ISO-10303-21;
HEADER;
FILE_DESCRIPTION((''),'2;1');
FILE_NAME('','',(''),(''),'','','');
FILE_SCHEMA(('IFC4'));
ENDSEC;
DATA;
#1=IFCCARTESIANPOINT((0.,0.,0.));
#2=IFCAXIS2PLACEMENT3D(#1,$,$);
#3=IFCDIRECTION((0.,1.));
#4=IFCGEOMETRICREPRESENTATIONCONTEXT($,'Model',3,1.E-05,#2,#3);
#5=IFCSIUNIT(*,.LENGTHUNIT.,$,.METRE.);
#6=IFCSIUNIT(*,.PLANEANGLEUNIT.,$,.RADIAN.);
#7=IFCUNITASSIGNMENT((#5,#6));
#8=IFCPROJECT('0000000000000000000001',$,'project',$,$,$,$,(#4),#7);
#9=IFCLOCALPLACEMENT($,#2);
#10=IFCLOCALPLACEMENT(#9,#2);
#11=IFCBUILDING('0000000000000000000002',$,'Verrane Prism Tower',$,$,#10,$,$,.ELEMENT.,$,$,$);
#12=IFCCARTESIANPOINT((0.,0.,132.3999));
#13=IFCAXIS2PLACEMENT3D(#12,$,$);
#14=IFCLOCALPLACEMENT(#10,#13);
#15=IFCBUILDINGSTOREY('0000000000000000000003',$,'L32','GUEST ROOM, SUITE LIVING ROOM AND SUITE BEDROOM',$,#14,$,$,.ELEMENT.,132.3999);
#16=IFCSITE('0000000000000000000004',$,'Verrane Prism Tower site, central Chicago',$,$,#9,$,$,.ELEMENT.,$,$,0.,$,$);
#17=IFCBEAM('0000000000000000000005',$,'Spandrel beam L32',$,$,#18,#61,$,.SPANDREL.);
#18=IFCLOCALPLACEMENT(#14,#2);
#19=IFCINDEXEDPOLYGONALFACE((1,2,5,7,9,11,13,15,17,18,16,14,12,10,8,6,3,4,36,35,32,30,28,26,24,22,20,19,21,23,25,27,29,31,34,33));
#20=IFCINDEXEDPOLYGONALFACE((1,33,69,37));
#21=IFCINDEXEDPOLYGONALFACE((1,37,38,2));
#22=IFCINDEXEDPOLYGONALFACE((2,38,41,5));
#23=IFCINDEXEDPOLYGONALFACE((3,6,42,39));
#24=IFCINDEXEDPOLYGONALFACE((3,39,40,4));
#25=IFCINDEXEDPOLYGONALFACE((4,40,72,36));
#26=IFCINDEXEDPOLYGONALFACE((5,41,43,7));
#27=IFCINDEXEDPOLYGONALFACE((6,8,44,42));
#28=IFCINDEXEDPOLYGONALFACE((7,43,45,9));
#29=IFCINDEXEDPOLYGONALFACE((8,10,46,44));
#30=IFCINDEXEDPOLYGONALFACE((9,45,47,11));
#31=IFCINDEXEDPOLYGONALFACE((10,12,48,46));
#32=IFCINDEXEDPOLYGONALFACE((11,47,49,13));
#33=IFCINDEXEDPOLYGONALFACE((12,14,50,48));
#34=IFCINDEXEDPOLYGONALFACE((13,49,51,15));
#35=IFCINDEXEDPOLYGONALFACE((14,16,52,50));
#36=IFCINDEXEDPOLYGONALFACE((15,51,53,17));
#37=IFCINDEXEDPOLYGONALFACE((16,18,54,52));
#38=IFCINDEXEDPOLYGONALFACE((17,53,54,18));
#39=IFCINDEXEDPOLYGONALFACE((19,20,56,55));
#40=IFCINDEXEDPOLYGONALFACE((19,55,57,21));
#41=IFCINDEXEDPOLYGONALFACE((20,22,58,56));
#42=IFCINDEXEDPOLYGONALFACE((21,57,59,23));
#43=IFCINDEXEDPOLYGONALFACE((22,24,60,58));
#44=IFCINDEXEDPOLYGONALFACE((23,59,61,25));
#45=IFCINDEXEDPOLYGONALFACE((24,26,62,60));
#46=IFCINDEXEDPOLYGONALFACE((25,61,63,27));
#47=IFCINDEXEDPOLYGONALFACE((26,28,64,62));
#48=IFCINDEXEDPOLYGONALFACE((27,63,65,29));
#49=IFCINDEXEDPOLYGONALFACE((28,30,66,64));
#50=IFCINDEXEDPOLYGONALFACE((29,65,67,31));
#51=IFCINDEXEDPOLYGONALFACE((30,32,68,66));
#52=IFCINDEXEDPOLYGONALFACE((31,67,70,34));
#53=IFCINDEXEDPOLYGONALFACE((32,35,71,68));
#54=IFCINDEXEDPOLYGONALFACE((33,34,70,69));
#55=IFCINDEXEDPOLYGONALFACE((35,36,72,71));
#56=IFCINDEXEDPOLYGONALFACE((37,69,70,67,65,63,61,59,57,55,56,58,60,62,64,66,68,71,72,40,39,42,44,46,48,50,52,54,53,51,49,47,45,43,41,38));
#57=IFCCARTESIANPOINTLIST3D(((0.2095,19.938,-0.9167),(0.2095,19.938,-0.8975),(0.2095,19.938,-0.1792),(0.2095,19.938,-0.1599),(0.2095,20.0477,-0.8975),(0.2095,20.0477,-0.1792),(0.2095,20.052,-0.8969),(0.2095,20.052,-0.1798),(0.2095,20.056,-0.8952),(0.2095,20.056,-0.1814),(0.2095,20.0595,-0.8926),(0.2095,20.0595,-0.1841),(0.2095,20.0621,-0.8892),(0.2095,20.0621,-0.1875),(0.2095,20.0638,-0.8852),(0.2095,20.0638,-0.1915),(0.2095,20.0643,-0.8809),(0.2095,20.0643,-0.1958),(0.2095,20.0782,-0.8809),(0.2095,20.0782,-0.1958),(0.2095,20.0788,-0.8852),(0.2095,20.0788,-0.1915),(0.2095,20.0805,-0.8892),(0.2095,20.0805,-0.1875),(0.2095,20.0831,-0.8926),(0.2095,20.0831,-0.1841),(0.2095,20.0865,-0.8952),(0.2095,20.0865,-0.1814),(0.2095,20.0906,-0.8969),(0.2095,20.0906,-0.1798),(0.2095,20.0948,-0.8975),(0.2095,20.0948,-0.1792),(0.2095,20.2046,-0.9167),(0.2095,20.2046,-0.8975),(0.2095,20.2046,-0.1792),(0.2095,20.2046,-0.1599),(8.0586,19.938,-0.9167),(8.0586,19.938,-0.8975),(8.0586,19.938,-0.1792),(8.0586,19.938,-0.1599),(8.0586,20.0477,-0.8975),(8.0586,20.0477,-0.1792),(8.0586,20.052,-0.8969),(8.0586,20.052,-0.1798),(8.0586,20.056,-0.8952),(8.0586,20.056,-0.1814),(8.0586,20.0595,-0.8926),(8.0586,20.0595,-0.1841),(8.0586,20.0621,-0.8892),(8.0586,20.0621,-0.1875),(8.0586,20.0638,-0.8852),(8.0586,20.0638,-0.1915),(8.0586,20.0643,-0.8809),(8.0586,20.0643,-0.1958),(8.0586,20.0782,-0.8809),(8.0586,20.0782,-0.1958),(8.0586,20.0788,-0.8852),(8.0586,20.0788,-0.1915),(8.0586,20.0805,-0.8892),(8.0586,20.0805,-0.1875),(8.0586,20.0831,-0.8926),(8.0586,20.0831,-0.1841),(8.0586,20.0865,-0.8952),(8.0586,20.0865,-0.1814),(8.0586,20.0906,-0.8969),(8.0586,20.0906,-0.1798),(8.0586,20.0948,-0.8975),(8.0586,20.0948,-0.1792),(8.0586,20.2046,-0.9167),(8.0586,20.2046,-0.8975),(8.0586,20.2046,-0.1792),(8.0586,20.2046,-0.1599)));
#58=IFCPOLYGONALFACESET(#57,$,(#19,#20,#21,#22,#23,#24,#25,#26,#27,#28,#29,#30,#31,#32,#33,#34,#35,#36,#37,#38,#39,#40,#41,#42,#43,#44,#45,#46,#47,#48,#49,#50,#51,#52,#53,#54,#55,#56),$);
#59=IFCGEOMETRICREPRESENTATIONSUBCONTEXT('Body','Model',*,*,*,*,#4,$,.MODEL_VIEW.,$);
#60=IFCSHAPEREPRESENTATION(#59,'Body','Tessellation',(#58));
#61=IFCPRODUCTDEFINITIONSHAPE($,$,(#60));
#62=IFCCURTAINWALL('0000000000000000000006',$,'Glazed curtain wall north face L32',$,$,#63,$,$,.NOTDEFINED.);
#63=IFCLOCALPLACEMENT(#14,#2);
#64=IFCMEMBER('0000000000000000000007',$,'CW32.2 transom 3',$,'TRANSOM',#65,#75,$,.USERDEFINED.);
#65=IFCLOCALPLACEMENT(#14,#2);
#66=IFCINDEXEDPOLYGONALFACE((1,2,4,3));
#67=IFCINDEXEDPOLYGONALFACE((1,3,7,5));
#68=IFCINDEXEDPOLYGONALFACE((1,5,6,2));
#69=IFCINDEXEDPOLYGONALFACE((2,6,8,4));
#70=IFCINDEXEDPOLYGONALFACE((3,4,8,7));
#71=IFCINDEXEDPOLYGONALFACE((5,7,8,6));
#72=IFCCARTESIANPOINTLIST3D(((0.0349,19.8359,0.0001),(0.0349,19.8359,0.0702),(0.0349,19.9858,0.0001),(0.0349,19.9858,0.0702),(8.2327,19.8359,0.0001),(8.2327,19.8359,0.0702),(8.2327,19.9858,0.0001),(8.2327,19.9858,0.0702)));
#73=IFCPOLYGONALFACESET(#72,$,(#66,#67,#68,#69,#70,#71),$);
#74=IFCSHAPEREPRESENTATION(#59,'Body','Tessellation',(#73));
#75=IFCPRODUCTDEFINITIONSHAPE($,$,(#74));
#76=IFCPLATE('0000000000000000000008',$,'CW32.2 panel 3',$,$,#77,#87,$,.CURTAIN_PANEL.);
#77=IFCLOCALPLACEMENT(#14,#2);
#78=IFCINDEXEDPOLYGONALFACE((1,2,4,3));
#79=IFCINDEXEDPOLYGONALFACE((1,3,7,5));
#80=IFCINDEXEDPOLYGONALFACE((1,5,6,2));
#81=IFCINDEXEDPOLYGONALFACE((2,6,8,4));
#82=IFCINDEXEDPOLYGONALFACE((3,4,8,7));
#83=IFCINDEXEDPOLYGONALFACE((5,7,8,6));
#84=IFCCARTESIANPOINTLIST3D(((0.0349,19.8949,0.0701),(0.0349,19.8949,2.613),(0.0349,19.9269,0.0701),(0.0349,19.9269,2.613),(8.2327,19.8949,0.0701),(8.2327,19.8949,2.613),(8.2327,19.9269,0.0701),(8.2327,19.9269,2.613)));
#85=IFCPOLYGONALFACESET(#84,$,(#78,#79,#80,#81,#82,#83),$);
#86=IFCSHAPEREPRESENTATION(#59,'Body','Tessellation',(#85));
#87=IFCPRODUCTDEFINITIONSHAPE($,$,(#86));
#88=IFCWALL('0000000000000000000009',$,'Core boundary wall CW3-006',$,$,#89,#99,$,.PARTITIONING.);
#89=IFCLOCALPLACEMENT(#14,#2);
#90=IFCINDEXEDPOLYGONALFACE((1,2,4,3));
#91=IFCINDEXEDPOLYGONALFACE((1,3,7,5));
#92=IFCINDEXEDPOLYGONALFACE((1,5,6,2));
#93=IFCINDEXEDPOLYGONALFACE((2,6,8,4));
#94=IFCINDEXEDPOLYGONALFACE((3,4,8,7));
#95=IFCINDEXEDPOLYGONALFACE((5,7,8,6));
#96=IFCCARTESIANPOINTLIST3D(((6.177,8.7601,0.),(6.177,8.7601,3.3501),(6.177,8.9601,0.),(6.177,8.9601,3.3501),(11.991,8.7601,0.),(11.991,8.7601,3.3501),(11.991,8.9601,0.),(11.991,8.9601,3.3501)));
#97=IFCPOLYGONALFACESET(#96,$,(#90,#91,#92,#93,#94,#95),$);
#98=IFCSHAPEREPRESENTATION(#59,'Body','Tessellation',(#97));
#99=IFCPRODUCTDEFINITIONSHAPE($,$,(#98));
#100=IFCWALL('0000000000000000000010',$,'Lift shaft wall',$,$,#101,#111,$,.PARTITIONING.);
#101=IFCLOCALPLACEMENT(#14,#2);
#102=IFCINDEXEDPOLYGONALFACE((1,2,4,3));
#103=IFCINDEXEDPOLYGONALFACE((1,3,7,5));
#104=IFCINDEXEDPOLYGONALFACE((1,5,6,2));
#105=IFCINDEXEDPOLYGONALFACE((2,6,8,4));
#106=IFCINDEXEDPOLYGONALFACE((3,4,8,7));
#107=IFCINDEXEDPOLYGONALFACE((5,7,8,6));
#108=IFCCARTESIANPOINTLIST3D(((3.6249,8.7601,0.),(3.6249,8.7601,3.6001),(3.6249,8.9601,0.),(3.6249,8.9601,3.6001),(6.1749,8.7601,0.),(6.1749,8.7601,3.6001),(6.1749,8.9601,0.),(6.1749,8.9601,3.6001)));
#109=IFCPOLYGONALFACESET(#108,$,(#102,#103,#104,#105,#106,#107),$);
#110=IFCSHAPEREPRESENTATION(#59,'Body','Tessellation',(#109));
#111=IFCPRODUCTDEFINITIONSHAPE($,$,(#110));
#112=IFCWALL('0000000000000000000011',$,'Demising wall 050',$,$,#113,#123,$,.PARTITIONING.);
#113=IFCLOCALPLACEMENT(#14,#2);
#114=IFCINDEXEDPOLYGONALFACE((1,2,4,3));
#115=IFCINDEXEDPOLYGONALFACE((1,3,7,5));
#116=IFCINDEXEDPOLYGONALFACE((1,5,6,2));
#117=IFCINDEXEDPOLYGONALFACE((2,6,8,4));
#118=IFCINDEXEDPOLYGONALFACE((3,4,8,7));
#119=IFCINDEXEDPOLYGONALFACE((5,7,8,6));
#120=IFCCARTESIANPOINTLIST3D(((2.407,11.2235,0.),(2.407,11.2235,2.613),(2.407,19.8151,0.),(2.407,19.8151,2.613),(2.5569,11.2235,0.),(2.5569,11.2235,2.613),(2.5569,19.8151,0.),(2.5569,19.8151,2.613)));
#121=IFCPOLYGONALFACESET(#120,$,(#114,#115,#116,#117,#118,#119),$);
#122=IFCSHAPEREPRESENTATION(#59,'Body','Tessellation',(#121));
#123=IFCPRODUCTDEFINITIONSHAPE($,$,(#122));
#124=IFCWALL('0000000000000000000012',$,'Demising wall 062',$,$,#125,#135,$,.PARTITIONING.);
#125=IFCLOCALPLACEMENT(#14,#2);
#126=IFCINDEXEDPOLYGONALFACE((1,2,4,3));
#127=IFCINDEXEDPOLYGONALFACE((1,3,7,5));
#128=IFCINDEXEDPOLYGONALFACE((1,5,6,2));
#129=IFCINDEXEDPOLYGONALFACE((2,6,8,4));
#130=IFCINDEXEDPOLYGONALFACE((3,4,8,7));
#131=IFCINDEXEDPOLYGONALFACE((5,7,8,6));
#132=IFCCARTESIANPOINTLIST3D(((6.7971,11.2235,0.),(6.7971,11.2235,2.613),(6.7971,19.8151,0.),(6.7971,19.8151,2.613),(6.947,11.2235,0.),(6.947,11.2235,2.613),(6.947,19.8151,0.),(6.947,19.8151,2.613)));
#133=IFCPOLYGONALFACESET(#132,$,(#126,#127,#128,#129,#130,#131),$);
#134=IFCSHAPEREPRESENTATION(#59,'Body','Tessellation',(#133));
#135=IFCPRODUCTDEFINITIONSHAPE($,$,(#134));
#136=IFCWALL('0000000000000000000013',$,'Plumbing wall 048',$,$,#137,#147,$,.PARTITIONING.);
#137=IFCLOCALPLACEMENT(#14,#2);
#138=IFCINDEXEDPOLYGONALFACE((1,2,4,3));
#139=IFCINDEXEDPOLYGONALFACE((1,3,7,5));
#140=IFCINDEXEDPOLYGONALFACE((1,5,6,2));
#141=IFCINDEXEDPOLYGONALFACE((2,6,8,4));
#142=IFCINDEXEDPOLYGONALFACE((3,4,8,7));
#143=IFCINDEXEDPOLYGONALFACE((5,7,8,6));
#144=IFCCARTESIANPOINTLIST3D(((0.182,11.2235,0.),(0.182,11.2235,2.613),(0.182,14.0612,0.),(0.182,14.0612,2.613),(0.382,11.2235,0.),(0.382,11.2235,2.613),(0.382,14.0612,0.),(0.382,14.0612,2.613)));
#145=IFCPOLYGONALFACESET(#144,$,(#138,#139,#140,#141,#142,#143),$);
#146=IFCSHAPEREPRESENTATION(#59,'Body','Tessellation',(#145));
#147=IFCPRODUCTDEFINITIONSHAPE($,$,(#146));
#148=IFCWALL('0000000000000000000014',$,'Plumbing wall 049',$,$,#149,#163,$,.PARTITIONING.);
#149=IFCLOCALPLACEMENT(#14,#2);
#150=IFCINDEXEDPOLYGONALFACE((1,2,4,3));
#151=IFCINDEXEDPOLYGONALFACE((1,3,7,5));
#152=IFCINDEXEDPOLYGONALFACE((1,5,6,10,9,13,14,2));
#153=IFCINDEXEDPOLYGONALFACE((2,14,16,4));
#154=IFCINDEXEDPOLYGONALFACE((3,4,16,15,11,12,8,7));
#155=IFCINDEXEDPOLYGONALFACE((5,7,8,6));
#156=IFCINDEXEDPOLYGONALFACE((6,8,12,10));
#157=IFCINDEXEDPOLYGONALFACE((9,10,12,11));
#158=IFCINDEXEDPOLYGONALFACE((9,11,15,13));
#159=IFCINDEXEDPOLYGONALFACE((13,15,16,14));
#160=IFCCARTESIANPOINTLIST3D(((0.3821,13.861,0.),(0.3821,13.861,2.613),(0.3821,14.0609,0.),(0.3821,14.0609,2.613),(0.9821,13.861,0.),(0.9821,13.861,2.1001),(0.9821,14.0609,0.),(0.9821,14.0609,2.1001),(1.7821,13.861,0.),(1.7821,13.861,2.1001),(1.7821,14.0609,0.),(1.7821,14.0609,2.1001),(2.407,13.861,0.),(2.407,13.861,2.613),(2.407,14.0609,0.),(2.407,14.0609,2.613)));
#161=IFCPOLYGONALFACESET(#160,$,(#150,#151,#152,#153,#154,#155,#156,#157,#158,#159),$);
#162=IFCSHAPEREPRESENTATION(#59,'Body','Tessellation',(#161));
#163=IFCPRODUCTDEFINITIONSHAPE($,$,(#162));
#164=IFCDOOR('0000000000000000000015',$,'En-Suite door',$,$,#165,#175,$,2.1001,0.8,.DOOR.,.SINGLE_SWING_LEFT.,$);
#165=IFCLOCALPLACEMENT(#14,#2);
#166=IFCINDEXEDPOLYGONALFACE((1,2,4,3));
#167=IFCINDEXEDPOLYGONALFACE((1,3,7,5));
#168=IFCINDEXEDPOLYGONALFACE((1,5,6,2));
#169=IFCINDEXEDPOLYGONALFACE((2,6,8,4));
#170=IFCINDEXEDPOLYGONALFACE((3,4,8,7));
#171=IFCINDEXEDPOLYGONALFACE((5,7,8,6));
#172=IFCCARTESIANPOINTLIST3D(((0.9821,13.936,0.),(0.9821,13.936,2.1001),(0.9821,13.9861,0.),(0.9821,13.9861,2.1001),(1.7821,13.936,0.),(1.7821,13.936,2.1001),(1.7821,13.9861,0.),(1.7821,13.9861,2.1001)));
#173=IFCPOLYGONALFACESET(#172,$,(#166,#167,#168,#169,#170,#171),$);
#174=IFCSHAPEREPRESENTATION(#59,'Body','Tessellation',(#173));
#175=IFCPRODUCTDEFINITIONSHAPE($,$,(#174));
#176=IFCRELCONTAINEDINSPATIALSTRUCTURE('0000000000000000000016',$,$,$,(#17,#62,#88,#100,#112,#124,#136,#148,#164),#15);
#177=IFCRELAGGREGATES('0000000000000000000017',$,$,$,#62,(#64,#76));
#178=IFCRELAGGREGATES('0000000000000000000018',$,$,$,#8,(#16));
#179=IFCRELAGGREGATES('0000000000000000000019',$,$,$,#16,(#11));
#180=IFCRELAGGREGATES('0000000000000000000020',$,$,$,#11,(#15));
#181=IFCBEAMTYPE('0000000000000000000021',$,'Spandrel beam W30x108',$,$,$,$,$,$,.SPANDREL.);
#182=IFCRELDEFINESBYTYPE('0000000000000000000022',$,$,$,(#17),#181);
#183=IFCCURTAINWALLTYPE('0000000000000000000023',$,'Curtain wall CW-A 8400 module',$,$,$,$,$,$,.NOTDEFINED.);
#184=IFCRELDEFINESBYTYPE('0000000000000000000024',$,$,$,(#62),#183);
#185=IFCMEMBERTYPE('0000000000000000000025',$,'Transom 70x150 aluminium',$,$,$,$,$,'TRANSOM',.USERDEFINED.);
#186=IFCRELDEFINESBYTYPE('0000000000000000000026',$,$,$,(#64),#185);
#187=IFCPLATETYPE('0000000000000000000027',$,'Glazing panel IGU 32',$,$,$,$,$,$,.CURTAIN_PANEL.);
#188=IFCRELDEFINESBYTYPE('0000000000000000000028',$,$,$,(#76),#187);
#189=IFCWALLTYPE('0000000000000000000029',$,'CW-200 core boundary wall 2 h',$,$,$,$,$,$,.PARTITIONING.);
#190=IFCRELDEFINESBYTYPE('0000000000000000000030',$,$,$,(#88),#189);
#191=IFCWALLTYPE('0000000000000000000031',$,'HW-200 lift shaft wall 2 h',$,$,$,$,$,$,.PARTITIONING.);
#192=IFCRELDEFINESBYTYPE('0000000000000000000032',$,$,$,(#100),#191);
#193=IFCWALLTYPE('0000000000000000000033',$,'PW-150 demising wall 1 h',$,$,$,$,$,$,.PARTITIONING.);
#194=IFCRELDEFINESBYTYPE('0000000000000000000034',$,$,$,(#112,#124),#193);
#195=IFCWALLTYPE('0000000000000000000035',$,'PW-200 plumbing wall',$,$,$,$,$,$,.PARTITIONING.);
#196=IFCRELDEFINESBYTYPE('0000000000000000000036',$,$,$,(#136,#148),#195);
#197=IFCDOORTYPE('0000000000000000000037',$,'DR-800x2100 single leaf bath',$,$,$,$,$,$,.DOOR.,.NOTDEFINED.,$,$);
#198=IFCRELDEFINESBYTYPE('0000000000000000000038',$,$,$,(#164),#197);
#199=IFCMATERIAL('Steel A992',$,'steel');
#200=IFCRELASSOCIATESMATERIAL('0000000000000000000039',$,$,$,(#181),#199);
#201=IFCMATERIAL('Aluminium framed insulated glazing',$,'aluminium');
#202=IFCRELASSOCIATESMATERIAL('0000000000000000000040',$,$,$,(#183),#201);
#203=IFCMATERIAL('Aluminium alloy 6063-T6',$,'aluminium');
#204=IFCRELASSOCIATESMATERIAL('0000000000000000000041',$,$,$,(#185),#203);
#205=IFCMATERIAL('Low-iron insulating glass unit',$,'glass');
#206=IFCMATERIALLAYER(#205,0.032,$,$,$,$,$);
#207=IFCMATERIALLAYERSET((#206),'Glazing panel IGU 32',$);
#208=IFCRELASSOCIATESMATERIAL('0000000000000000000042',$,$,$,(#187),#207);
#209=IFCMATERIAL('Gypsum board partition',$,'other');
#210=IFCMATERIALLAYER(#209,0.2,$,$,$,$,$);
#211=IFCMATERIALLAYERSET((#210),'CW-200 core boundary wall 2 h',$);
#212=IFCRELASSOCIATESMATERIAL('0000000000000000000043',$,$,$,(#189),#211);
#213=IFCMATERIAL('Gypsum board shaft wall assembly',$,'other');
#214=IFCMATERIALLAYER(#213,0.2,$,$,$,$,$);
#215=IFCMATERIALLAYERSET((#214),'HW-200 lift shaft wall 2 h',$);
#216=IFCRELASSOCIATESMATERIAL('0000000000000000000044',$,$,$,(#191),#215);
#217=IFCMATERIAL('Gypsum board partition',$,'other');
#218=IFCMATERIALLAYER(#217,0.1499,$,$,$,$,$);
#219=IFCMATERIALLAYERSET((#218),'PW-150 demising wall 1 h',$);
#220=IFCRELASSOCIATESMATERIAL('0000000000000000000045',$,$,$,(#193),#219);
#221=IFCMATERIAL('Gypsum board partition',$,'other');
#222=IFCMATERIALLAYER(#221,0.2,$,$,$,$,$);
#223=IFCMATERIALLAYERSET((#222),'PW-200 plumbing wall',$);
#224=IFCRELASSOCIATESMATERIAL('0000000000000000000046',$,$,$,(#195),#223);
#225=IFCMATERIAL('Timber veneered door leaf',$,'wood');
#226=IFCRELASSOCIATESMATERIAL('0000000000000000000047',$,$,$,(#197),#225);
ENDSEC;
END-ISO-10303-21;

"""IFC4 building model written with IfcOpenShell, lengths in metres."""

from ifc_helpers import new_model, si_unit, direction, frame, frame_2d, origin, origin_2d, place, context, subcontext, project, spatial, rectangle, i_section, extrude, material, layer, layer_set, material_profile, profile_set, type_object, element, fill, aggregate, save


model = new_model("IFC4")

# Units and contexts
model_context = context("Model", 3, precision=1e-05, world=origin(), true_north=direction((0.0, 1.0)))
body_context = subcontext(model_context, "Body", "Model", "MODEL_VIEW")
ifc_project = project(units=[si_unit("LENGTHUNIT", "METRE"), si_unit("PLANEANGLEUNIT", "RADIAN")], contexts=[model_context])

# Site, building, storey
site_placement = place(None, origin())
site = spatial("IfcSite", under=ifc_project, at=site_placement, Name="Verrane Prism Tower site, central Chicago", CompositionType="ELEMENT", RefElevation=0.0)
building_placement = place(site_placement, origin())
building = spatial("IfcBuilding", under=site, at=building_placement, Name="Verrane Prism Tower", CompositionType="ELEMENT")
storey_placement = place(building_placement, frame((0.0, 0.0, 132.3999)))
storey = spatial("IfcBuildingStorey", under=building, at=storey_placement, Name="L32", Description="GUEST ROOM, SUITE LIVING ROOM AND SUITE BEDROOM", CompositionType="ELEMENT", Elevation=132.3999)

# Beam
ifc_material_1 = material(Name="Steel A992", Category="steel")
ifc_material_profile_1 = material_profile(ifc_material_1, i_section(OverallWidth=0.2666, OverallDepth=0.7568, WebThickness=0.0139, FlangeThickness=0.0193, FilletRadius=0.0166, at=origin_2d()), Name="W30x108")
ifc_profile_set_1 = profile_set([ifc_material_profile_1], Name="Steel A992")
beam_type_1 = type_object("IfcBeamType", Name="Spandrel beam W30x108", PredefinedType="SPANDREL", material=ifc_profile_set_1)
beam_placement = place(storey_placement, frame((8.0586, 20.0713, -0.5383), z_axis=(-1.0, 0.0, 0.0), x_axis=(0.0, -1.0, 0.0)))
element("IfcBeam", 1, at=beam_placement, inside=storey, type_object=beam_type_1, Name="Spandrel beam L32", PredefinedType="SPANDREL", context=body_context, shape_type="SweptSolid", body=[
    extrude(i_section(OverallWidth=0.2666, OverallDepth=0.7568, WebThickness=0.0139, FlangeThickness=0.0193, FilletRadius=0.0166, at=origin_2d()), origin(), (0.0, 0.0, 1.0), 7.8491),
])

# Curtain wall, member, plate
ifc_material_2 = material(Name="Aluminium framed insulated glazing", Category="aluminium")
curtain_wall_type = type_object("IfcCurtainWallType", Name="Curtain wall CW-A 8400 module", PredefinedType="NOTDEFINED", material=ifc_material_2)
curtain_wall_placement = place(storey_placement, origin())
curtain_wall = element("IfcCurtainWall", 2, at=curtain_wall_placement, inside=storey, type_object=curtain_wall_type, Name="Glazed curtain wall north face L32", PredefinedType="NOTDEFINED")
ifc_material_3 = material(Name="Aluminium alloy 6063-T6", Category="aluminium")
ifc_material_profile_2 = material_profile(ifc_material_3, rectangle(XDim=0.1499, YDim=0.0701, at=origin_2d()), Name="Transom 70x150 aluminium")
ifc_profile_set_2 = profile_set([ifc_material_profile_2], Name="Aluminium alloy 6063-T6")
member_type_1 = type_object("IfcMemberType", Name="Transom 70x150 aluminium", ElementType="TRANSOM", PredefinedType="USERDEFINED", material=ifc_profile_set_2)
member_1_placement = place(storey_placement, frame((8.2327, 19.9109, 0.0352), z_axis=(-1.0, 0.0, 0.0), x_axis=(0.0, -1.0, 0.0)))
member_1 = element("IfcMember", 3, at=member_1_placement, type_object=member_type_1, Name="CW32.2 transom 3", ObjectType="TRANSOM", PredefinedType="USERDEFINED", context=body_context, shape_type="SweptSolid", body=[
    extrude(rectangle(XDim=0.1499, YDim=0.0701, at=origin_2d()), origin(), (0.0, 0.0, 1.0), 8.1978),
])
ifc_material_4 = material(Name="Low-iron insulating glass unit", Category="glass")
ifc_layer_1 = layer(ifc_material_4, 0.032)
ifc_layer_set_1 = layer_set([ifc_layer_1], Name="Glazing panel IGU 32")
plate_type = type_object("IfcPlateType", Name="Glazing panel IGU 32", PredefinedType="CURTAIN_PANEL", material=ifc_layer_set_1)
plate_placement = place(storey_placement, frame((4.1338, 19.9109, 0.0701), z_axis=(0.0, 0.0, 1.0), x_axis=(-1.0, 0.0, 0.0)))
plate = element("IfcPlate", 4, at=plate_placement, type_object=plate_type, Name="CW32.2 panel 3", PredefinedType="CURTAIN_PANEL", context=body_context, shape_type="SweptSolid", body=[
    extrude(rectangle(XDim=8.1978, YDim=0.032, at=origin_2d()), origin(), (0.0, 0.0, 1.0), 2.543),
])
aggregate(curtain_wall, [member_1, plate])

# Walls
ifc_material_5 = material(Name="Gypsum board partition", Category="other")
ifc_layer_2 = layer(ifc_material_5, 0.2)
ifc_layer_set_2 = layer_set([ifc_layer_2], Name="CW-200 core boundary wall 2 h")
wall_type_1 = type_object("IfcWallType", Name="CW-200 core boundary wall 2 h", PredefinedType="PARTITIONING", material=ifc_layer_set_2)
wall_1_placement = place(storey_placement, frame((6.177, 8.8601, 0.0), z_axis=(0.0, 0.0, 1.0), x_axis=(1.0, 0.0, 0.0)))
element("IfcWall", 5, at=wall_1_placement, inside=storey, type_object=wall_type_1, Name="Core boundary wall CW3-006", PredefinedType="PARTITIONING", context=body_context, shape_type="SweptSolid", body=[
    extrude(rectangle(XDim=5.814, YDim=0.2, at=frame_2d((2.907, 0.0))), origin(), (0.0, 0.0, 1.0), 3.3501),
])
ifc_material_6 = material(Name="Gypsum board shaft wall assembly", Category="other")
ifc_layer_3 = layer(ifc_material_6, 0.2)
ifc_layer_set_3 = layer_set([ifc_layer_3], Name="HW-200 lift shaft wall 2 h")
wall_type_2 = type_object("IfcWallType", Name="HW-200 lift shaft wall 2 h", PredefinedType="PARTITIONING", material=ifc_layer_set_3)
wall_2_placement = place(storey_placement, frame((3.625, 8.8601, 0.0), z_axis=(0.0, 0.0, 1.0), x_axis=(1.0, 0.0, 0.0)))
element("IfcWall", 6, at=wall_2_placement, inside=storey, type_object=wall_type_2, Name="Lift shaft wall", PredefinedType="PARTITIONING", context=body_context, shape_type="SweptSolid", body=[
    extrude(rectangle(XDim=2.55, YDim=0.2, at=frame_2d((1.2749, 0.0))), origin(), (0.0, 0.0, 1.0), 3.6001),
])
ifc_material_7 = material(Name="Gypsum board partition", Category="other")
ifc_layer_4 = layer(ifc_material_7, 0.1499)
ifc_layer_set_4 = layer_set([ifc_layer_4], Name="PW-150 demising wall 1 h")
wall_type_3 = type_object("IfcWallType", Name="PW-150 demising wall 1 h", PredefinedType="PARTITIONING", material=ifc_layer_set_4)
for number, where, z_axis, x_axis, name in (
    (7, (2.4819, 11.2234, 0.0), (0.0, 0.0, 1.0), (0.0, 1.0, 0.0), "Demising wall 050"),
    (8, (6.8721, 11.2234, 0.0), (0.0, 0.0, 1.0), (0.0, 1.0, 0.0), "Demising wall 062"),
):
    element("IfcWall", number, at=place(storey_placement, frame(where, z_axis=z_axis, x_axis=x_axis)), inside=storey, type_object=wall_type_3, Name=name, PredefinedType="PARTITIONING", context=body_context, shape_type="SweptSolid", body=[
        extrude(rectangle(XDim=8.5916, YDim=0.1499, at=frame_2d((4.2959, 0.0))), origin(), (0.0, 0.0, 1.0), 2.613),
    ])
ifc_material_8 = material(Name="Gypsum board partition", Category="other")
ifc_layer_5 = layer(ifc_material_8, 0.2)
ifc_layer_set_5 = layer_set([ifc_layer_5], Name="PW-200 plumbing wall")
wall_type_4 = type_object("IfcWallType", Name="PW-200 plumbing wall", PredefinedType="PARTITIONING", material=ifc_layer_set_5)
wall_3_placement = place(storey_placement, frame((0.282, 11.2234, 0.0), z_axis=(0.0, 0.0, 1.0), x_axis=(0.0, 1.0, 0.0)))
element("IfcWall", 9, at=wall_3_placement, inside=storey, type_object=wall_type_4, Name="Plumbing wall 048", PredefinedType="PARTITIONING", context=body_context, shape_type="SweptSolid", body=[
    extrude(rectangle(XDim=2.8376, YDim=0.2, at=frame_2d((1.4189, 0.0))), origin(), (0.0, 0.0, 1.0), 2.613),
])

# Wall, opening, door
wall_4_placement = place(storey_placement, frame((2.407, 13.9609, 0.0), z_axis=(0.0, 0.0, 1.0), x_axis=(-1.0, 0.0, 0.0)))
wall_4 = element("IfcWall", 10, at=wall_4_placement, inside=storey, type_object=wall_type_4, Name="Plumbing wall 049", PredefinedType="PARTITIONING", context=body_context, shape_type="SweptSolid", body=[
    extrude(rectangle(XDim=2.0249, YDim=0.2, at=frame_2d((1.0125, 0.0))), origin(), (0.0, 0.0, 1.0), 2.613),
])
opening_1_placement = place(wall_4_placement, frame((0.625, 0.0, 0.0)))
opening_1 = element("IfcOpeningElement", 11, at=opening_1_placement, cuts=wall_4, PredefinedType="OPENING", context=body_context, shape_type="SweptSolid", body=[
    extrude(rectangle(XDim=0.8, YDim=2.1001, at=frame_2d((0.3999, 1.05))), frame((0.0, 0.1099, 0.0), z_axis=(0.0, -1.0, 0.0), x_axis=(1.0, 0.0, 0.0)), (0.0, 0.0, 1.0), 0.22),
])
ifc_material_9 = material(Name="Timber veneered door leaf", Category="wood")
door_type = type_object("IfcDoorType", Name="DR-800x2100 single leaf bath", OperationType="NOTDEFINED", PredefinedType="DOOR", material=ifc_material_9)
door_1_placement = place(opening_1_placement, origin())
door_1 = element("IfcDoor", 12, at=door_1_placement, inside=storey, type_object=door_type, Name="En-Suite door", OperationType="SINGLE_SWING_LEFT", OverallHeight=2.1001, OverallWidth=0.8, PredefinedType="DOOR", context=body_context, shape_type="SweptSolid", body=[
    extrude(rectangle(XDim=0.8, YDim=2.1001, at=frame_2d((0.3999, 1.05))), frame((0.0, 0.0249, 0.0), z_axis=(0.0, -1.0, 0.0), x_axis=(1.0, 0.0, 0.0)), (0.0, 0.0, 1.0), 0.05),
])
fill(opening_1, door_1)

save(model, "model.ifc")
